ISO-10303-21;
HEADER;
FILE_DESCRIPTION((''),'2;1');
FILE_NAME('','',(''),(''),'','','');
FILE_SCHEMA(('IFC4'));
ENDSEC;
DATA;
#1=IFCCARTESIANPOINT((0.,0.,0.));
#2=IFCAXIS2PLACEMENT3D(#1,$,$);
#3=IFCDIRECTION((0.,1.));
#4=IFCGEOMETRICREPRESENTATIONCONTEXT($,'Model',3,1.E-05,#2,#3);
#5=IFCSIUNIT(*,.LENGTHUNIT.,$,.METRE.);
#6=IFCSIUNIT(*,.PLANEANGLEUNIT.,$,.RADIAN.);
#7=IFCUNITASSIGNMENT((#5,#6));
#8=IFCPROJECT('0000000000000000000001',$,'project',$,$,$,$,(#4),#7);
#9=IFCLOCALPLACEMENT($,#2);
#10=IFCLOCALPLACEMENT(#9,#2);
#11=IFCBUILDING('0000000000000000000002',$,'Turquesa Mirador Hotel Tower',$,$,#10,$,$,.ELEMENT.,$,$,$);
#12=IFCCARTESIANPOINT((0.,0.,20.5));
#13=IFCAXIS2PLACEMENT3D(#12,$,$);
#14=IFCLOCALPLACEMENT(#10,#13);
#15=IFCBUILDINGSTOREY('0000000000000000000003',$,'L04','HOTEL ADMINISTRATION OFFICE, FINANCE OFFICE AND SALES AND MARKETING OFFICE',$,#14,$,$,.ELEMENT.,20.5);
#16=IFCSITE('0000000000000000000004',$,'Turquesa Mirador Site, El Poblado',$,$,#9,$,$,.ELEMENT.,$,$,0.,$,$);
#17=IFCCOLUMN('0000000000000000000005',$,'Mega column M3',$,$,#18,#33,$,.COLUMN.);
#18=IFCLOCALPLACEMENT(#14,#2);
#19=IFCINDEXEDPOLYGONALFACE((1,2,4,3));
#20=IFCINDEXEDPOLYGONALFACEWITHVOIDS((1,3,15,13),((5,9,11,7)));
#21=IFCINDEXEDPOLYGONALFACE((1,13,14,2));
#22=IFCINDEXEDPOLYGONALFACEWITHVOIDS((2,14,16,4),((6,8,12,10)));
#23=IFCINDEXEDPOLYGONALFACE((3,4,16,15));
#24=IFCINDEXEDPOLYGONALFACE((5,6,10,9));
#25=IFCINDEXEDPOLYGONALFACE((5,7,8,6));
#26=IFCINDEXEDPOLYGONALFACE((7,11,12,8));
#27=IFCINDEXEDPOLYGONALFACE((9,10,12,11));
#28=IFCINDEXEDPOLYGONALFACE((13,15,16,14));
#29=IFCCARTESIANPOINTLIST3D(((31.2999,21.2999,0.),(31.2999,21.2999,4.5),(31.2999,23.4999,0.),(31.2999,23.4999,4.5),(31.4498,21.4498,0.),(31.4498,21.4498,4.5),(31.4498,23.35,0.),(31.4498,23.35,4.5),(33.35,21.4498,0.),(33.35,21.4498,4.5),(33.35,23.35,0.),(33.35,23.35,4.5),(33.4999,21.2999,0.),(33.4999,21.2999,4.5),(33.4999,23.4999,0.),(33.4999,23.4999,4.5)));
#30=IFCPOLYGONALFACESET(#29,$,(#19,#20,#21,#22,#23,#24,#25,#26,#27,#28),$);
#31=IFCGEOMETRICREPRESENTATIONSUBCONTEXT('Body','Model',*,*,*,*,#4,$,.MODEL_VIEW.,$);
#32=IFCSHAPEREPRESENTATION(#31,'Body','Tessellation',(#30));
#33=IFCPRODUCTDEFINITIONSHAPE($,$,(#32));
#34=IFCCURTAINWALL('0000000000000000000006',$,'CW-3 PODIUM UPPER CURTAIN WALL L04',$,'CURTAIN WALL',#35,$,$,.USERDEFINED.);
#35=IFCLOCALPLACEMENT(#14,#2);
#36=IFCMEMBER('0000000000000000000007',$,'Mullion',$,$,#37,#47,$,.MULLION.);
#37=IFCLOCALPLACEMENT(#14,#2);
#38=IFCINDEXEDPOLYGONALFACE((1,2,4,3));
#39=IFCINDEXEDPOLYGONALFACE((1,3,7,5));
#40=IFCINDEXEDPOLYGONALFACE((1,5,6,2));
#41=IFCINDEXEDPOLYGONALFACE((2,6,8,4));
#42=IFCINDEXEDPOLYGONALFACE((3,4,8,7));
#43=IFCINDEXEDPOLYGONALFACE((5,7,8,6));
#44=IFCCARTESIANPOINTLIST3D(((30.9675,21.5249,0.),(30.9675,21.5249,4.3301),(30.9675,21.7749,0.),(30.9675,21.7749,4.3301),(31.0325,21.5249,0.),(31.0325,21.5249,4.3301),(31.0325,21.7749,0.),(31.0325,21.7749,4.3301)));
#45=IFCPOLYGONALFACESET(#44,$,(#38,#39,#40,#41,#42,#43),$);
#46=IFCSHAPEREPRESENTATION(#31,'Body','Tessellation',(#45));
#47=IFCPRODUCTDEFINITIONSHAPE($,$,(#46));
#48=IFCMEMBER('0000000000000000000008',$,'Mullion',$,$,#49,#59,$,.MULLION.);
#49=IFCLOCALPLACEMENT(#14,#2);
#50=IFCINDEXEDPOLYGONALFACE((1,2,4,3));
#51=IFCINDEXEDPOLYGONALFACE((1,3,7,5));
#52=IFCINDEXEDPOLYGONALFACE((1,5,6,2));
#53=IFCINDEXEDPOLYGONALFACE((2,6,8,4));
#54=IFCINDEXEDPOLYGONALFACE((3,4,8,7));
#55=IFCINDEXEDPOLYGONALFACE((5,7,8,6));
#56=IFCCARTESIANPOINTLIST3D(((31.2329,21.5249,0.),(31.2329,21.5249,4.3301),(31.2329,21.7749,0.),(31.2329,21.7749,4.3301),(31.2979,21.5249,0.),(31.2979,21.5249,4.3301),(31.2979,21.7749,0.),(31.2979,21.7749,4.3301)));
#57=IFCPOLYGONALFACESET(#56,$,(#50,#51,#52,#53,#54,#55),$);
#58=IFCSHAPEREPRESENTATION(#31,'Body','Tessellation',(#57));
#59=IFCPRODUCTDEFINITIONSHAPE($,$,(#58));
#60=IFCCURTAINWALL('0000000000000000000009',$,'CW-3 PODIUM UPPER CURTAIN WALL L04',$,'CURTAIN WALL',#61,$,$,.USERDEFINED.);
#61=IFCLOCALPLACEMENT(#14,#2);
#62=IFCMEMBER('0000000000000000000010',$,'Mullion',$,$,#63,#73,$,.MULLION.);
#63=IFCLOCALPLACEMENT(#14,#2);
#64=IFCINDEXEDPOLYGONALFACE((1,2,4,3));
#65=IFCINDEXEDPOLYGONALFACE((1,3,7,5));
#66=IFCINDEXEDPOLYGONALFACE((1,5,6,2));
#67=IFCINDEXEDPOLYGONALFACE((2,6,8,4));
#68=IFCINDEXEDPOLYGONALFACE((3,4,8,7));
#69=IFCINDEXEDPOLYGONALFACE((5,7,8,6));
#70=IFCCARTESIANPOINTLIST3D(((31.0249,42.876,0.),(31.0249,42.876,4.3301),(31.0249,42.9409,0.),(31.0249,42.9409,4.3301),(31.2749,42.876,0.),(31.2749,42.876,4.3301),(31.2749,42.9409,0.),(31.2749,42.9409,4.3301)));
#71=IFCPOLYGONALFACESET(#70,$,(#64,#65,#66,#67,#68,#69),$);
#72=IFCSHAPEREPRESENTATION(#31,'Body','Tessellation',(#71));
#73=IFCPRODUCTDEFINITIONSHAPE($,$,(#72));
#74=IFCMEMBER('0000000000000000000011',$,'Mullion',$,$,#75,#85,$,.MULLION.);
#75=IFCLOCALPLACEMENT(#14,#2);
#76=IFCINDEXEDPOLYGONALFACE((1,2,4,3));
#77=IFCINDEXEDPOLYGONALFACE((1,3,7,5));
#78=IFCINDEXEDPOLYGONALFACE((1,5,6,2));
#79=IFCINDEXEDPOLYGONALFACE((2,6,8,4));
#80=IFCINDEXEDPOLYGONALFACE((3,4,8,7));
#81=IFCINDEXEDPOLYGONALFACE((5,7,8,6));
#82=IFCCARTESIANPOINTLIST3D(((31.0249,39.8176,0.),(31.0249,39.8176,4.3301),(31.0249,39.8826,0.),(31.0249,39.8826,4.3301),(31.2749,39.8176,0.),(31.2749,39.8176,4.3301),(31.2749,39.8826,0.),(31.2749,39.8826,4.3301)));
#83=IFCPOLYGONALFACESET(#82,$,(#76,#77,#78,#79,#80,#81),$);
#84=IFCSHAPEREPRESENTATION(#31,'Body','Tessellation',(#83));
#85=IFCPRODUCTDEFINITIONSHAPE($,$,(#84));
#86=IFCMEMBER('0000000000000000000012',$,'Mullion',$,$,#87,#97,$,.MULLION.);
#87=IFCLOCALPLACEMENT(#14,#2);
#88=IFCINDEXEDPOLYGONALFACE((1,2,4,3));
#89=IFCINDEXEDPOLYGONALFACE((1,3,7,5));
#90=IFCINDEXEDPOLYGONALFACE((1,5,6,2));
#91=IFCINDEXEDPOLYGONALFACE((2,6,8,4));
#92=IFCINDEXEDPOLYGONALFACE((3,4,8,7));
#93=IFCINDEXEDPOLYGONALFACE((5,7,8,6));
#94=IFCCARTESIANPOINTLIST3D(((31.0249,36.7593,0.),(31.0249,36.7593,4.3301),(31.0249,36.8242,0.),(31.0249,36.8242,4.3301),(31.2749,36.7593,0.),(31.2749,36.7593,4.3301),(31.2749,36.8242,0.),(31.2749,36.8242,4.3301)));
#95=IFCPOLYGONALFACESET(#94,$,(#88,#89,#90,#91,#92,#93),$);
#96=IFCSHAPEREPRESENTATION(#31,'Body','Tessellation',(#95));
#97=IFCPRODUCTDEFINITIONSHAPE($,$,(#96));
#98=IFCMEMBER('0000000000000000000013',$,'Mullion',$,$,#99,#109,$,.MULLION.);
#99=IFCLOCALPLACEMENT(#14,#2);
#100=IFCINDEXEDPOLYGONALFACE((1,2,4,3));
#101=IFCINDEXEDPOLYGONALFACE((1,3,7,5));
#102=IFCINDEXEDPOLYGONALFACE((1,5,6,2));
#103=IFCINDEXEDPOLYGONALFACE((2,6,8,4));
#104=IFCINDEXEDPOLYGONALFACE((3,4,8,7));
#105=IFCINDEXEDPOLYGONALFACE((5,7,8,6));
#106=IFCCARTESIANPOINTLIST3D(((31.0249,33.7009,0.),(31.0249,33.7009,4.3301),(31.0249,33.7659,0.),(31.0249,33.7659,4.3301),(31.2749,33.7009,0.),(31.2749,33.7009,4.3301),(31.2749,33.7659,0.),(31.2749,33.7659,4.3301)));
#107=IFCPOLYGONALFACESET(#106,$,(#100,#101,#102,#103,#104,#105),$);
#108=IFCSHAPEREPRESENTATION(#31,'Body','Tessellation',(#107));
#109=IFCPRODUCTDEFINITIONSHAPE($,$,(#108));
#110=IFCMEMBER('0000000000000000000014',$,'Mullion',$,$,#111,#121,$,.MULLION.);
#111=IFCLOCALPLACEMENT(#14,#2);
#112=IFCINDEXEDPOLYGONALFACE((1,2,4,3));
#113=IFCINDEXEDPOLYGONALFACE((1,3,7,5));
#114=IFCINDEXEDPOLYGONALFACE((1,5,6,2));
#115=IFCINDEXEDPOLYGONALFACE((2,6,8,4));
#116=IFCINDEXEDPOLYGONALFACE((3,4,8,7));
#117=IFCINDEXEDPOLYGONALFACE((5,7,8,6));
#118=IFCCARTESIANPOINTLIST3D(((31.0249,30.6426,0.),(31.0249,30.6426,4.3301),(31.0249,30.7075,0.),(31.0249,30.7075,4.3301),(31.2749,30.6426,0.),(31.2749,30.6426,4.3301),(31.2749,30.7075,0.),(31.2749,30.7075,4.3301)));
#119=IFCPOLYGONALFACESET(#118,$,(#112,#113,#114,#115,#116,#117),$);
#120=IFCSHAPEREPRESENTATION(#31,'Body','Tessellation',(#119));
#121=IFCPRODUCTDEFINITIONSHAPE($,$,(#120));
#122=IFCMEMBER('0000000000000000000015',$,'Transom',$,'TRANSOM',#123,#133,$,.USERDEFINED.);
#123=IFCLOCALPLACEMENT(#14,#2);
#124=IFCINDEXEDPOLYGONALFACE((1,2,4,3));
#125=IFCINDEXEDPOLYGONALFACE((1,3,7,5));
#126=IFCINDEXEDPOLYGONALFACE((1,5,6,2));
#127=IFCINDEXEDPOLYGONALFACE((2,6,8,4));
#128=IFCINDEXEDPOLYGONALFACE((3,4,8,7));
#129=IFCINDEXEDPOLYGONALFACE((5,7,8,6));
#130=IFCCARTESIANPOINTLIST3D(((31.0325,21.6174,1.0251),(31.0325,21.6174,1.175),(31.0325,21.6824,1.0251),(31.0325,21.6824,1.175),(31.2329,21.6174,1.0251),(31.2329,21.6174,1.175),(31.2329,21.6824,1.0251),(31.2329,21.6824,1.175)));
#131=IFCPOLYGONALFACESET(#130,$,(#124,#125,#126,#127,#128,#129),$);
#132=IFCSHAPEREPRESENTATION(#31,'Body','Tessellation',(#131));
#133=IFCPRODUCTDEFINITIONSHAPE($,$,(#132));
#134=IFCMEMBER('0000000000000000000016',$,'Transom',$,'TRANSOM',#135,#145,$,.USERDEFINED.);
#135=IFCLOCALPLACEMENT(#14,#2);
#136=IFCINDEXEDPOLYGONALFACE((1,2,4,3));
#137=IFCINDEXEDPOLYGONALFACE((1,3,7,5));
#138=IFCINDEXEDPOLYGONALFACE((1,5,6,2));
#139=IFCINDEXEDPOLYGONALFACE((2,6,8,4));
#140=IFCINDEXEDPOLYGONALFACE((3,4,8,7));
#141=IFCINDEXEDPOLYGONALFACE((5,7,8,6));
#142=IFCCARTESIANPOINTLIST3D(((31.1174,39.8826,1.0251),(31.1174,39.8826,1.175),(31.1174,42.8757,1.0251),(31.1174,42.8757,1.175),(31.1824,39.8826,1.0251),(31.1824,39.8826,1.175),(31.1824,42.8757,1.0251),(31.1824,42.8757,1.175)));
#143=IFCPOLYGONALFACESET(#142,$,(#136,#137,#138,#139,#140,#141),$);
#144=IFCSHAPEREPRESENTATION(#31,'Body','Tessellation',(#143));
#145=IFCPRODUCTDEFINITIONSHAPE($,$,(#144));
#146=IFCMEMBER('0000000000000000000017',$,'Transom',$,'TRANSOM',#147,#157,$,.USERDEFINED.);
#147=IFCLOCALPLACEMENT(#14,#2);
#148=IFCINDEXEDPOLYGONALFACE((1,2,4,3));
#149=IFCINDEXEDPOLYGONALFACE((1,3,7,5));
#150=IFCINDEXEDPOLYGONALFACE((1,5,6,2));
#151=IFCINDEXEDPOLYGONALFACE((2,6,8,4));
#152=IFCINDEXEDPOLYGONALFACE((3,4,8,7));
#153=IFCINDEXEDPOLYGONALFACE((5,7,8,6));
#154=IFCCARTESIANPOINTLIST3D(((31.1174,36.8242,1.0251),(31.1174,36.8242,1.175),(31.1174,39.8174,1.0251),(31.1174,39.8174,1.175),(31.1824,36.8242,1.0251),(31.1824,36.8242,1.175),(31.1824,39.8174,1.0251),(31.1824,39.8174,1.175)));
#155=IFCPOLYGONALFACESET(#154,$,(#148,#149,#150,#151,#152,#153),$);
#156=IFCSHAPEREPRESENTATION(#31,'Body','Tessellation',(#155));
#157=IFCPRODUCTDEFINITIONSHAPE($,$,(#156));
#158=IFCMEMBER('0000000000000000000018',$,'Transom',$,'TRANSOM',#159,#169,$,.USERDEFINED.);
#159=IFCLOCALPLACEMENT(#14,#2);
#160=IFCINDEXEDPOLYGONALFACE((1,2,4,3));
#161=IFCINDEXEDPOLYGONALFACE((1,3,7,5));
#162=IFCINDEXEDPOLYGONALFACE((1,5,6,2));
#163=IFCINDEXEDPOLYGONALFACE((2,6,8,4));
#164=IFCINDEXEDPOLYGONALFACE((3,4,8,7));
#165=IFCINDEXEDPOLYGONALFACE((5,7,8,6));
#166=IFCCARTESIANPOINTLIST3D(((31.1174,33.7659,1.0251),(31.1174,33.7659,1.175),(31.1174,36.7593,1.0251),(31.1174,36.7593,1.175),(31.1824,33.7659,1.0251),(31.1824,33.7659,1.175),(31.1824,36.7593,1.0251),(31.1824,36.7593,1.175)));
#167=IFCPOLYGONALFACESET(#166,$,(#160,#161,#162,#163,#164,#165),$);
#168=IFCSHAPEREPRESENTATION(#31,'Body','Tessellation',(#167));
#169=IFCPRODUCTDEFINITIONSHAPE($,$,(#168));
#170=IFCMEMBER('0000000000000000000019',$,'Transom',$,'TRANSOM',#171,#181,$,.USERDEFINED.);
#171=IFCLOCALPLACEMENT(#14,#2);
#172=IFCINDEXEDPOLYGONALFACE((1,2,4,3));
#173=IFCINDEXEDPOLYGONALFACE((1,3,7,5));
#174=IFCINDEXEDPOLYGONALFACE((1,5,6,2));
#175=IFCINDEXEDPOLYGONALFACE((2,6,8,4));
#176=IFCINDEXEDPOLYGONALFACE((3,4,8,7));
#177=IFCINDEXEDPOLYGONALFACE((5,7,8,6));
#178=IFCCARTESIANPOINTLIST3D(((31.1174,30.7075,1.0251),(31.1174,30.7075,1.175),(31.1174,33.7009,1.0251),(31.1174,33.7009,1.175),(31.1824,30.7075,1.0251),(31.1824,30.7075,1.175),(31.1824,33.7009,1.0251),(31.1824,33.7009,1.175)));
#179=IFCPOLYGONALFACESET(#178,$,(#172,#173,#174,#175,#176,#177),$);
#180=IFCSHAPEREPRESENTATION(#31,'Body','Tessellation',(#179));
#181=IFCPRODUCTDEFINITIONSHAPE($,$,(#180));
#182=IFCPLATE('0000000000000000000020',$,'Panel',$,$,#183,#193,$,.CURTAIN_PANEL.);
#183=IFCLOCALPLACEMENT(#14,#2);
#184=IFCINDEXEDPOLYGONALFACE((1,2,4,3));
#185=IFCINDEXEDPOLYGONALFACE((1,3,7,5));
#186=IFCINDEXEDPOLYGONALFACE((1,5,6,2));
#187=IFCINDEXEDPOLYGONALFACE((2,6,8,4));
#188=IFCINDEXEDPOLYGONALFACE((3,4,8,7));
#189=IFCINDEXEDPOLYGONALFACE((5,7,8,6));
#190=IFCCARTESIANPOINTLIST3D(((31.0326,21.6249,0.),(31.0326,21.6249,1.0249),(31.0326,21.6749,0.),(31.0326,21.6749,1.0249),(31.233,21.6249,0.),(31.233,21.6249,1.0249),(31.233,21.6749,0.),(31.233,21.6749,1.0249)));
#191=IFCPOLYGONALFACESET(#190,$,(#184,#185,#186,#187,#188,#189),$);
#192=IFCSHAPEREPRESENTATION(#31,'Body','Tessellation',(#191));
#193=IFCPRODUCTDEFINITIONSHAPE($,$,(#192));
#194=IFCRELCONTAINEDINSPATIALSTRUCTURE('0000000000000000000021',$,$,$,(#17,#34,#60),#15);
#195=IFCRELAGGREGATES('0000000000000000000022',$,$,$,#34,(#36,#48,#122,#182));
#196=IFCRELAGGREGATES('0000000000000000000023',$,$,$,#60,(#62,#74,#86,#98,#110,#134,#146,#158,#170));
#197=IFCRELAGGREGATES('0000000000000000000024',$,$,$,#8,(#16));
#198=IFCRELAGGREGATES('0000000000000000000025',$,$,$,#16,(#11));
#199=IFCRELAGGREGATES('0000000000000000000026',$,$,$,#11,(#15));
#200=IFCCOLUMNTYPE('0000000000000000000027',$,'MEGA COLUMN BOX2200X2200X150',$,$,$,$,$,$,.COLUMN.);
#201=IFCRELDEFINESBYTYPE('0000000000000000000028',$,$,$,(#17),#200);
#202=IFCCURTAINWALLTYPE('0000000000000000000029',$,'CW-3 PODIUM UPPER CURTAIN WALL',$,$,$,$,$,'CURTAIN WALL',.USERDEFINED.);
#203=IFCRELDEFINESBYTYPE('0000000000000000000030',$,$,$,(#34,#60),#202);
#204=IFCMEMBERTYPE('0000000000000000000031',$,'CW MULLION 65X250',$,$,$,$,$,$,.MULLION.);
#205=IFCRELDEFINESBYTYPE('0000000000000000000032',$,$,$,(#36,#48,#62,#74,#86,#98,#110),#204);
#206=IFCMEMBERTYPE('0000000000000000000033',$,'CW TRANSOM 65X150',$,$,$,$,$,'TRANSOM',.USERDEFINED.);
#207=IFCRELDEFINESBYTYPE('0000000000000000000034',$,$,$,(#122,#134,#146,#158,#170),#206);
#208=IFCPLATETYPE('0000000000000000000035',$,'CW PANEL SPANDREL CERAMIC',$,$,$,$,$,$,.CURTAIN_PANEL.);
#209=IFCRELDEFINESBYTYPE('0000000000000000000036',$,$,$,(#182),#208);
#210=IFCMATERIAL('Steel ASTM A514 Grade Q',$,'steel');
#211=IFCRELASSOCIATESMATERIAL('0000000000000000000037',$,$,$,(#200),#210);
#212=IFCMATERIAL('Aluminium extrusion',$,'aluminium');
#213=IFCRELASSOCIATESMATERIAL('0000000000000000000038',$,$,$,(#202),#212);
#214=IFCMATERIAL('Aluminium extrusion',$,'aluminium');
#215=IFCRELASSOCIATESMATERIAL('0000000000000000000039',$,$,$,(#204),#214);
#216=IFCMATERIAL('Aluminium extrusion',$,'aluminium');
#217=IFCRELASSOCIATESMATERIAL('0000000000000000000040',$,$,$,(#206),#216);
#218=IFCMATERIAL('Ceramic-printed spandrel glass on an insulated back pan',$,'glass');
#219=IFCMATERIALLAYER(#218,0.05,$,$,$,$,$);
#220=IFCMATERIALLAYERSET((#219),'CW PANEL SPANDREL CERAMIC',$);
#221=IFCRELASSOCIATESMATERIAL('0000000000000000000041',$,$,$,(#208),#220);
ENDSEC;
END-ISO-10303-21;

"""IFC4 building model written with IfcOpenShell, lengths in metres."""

from ifc_helpers import new_model, si_unit, direction, frame, origin, origin_2d, place, context, subcontext, project, spatial, rectangle, hollow_rectangle, extrude, material, layer, layer_set, material_profile, profile_set, type_object, element, aggregate, save


model = new_model("IFC4")

# Units and contexts
model_context = context("Model", 3, precision=1e-05, world=origin(), true_north=direction((0.0, 1.0)))
body_context = subcontext(model_context, "Body", "Model", "MODEL_VIEW")
ifc_project = project(units=[si_unit("LENGTHUNIT", "METRE"), si_unit("PLANEANGLEUNIT", "RADIAN")], contexts=[model_context])

# Site, building, storey
site_placement = place(None, origin())
site = spatial("IfcSite", under=ifc_project, at=site_placement, Name="Turquesa Mirador Site, El Poblado", CompositionType="ELEMENT", RefElevation=0.0)
building_placement = place(site_placement, origin())
building = spatial("IfcBuilding", under=site, at=building_placement, Name="Turquesa Mirador Hotel Tower", CompositionType="ELEMENT")
storey_placement = place(building_placement, frame((0.0, 0.0, 20.5)))
storey = spatial("IfcBuildingStorey", under=building, at=storey_placement, Name="L04", Description="HOTEL ADMINISTRATION OFFICE, FINANCE OFFICE AND SALES AND MARKETING OFFICE", CompositionType="ELEMENT", Elevation=20.5)

# Column
ifc_material_1 = material(Name="Steel ASTM A514 Grade Q", Category="steel")
ifc_material_profile_1 = material_profile(ifc_material_1, hollow_rectangle(XDim=2.2, YDim=2.2, WallThickness=0.1499, at=origin_2d()), Name="BOX2200X2200X150")
ifc_profile_set_1 = profile_set([ifc_material_profile_1], Name="Steel ASTM A514 Grade Q")
column_type = type_object("IfcColumnType", Name="MEGA COLUMN BOX2200X2200X150", PredefinedType="COLUMN", material=ifc_profile_set_1)
column_placement = place(storey_placement, frame((32.3999, 22.3999, 0.0), z_axis=(0.0, 0.0, 1.0), x_axis=(1.0, 0.0, 0.0)))
element("IfcColumn", 1, at=column_placement, inside=storey, type_object=column_type, Name="Mega column M3", PredefinedType="COLUMN", context=body_context, shape_type="SweptSolid", body=[
    extrude(hollow_rectangle(XDim=2.2, YDim=2.2, WallThickness=0.1499, at=origin_2d()), origin(), (0.0, 0.0, 1.0), 4.5),
])

# Curtain walls, members
ifc_material_2 = material(Name="Aluminium extrusion", Category="aluminium")
curtain_wall_type = type_object("IfcCurtainWallType", Name="CW-3 PODIUM UPPER CURTAIN WALL", ElementType="CURTAIN WALL", PredefinedType="USERDEFINED", material=ifc_material_2)
curtain_wall_1_placement = place(storey_placement, origin())
curtain_wall_1 = element("IfcCurtainWall", 2, at=curtain_wall_1_placement, inside=storey, type_object=curtain_wall_type, Name="CW-3 PODIUM UPPER CURTAIN WALL L04", ObjectType="CURTAIN WALL", PredefinedType="USERDEFINED")
ifc_material_3 = material(Name="Aluminium extrusion", Category="aluminium")
ifc_material_profile_2 = material_profile(ifc_material_3, rectangle(XDim=0.0649, YDim=0.25, at=origin_2d()), Name="MULLION 65X250")
ifc_profile_set_2 = profile_set([ifc_material_profile_2], Name="Aluminium extrusion")
member_type_1 = type_object("IfcMemberType", Name="CW MULLION 65X250", PredefinedType="MULLION", material=ifc_profile_set_2)
member_1_placement = place(storey_placement, frame((31.0, 21.6499, 0.0), z_axis=(0.0, 0.0, 1.0), x_axis=(1.0, 0.0, 0.0)))
member_1 = element("IfcMember", 3, at=member_1_placement, type_object=member_type_1, Name="Mullion", PredefinedType="MULLION", context=body_context, shape_type="SweptSolid", body=[
    extrude(rectangle(XDim=0.0649, YDim=0.25, at=origin_2d()), origin(), (0.0, 0.0, 1.0), 4.3301),
])
member_2_placement = place(storey_placement, frame((31.2654, 21.6499, 0.0), z_axis=(0.0, 0.0, 1.0), x_axis=(1.0, 0.0, 0.0)))
member_2 = element("IfcMember", 4, at=member_2_placement, type_object=member_type_1, Name="Mullion", PredefinedType="MULLION", context=body_context, shape_type="SweptSolid", body=[
    extrude(rectangle(XDim=0.0649, YDim=0.25, at=origin_2d()), origin(), (0.0, 0.0, 1.0), 4.3301),
])
curtain_wall_2_placement = place(storey_placement, origin())
curtain_wall_2 = element("IfcCurtainWall", 5, at=curtain_wall_2_placement, inside=storey, type_object=curtain_wall_type, Name="CW-3 PODIUM UPPER CURTAIN WALL L04", ObjectType="CURTAIN WALL", PredefinedType="USERDEFINED")
member_3_placement = place(storey_placement, frame((31.1499, 42.9084, 0.0), z_axis=(0.0, 0.0, 1.0), x_axis=(0.0, -1.0, 0.0)))
member_3 = element("IfcMember", 6, at=member_3_placement, type_object=member_type_1, Name="Mullion", PredefinedType="MULLION", context=body_context, shape_type="SweptSolid", body=[
    extrude(rectangle(XDim=0.0649, YDim=0.25, at=origin_2d()), origin(), (0.0, 0.0, 1.0), 4.3301),
])
member_4_placement = place(storey_placement, frame((31.1499, 39.8501, 0.0), z_axis=(0.0, 0.0, 1.0), x_axis=(0.0, -1.0, 0.0)))
member_4 = element("IfcMember", 7, at=member_4_placement, type_object=member_type_1, Name="Mullion", PredefinedType="MULLION", context=body_context, shape_type="SweptSolid", body=[
    extrude(rectangle(XDim=0.0649, YDim=0.25, at=origin_2d()), origin(), (0.0, 0.0, 1.0), 4.3301),
])
member_5_placement = place(storey_placement, frame((31.1499, 36.7917, 0.0), z_axis=(0.0, 0.0, 1.0), x_axis=(0.0, -1.0, 0.0)))
member_5 = element("IfcMember", 8, at=member_5_placement, type_object=member_type_1, Name="Mullion", PredefinedType="MULLION", context=body_context, shape_type="SweptSolid", body=[
    extrude(rectangle(XDim=0.0649, YDim=0.25, at=origin_2d()), origin(), (0.0, 0.0, 1.0), 4.3301),
])
member_6_placement = place(storey_placement, frame((31.1499, 33.7334, 0.0), z_axis=(0.0, 0.0, 1.0), x_axis=(0.0, -1.0, 0.0)))
member_6 = element("IfcMember", 9, at=member_6_placement, type_object=member_type_1, Name="Mullion", PredefinedType="MULLION", context=body_context, shape_type="SweptSolid", body=[
    extrude(rectangle(XDim=0.0649, YDim=0.25, at=origin_2d()), origin(), (0.0, 0.0, 1.0), 4.3301),
])
member_7_placement = place(storey_placement, frame((31.1499, 30.675, 0.0), z_axis=(0.0, 0.0, 1.0), x_axis=(0.0, -1.0, 0.0)))
member_7 = element("IfcMember", 10, at=member_7_placement, type_object=member_type_1, Name="Mullion", PredefinedType="MULLION", context=body_context, shape_type="SweptSolid", body=[
    extrude(rectangle(XDim=0.0649, YDim=0.25, at=origin_2d()), origin(), (0.0, 0.0, 1.0), 4.3301),
])

# Members
ifc_material_4 = material(Name="Aluminium extrusion", Category="aluminium")
ifc_material_profile_3 = material_profile(ifc_material_4, rectangle(XDim=0.0649, YDim=0.1499, at=origin_2d()), Name="TRANSOM 65X150")
ifc_profile_set_3 = profile_set([ifc_material_profile_3], Name="Aluminium extrusion")
member_type_2 = type_object("IfcMemberType", Name="CW TRANSOM 65X150", ElementType="TRANSOM", PredefinedType="USERDEFINED", material=ifc_profile_set_3)
member_8_placement = place(storey_placement, frame((31.0325, 21.6499, 1.1001), z_axis=(1.0, 0.0, 0.0), x_axis=(0.0, 1.0, 0.0)))
member_8 = element("IfcMember", 11, at=member_8_placement, type_object=member_type_2, Name="Transom", ObjectType="TRANSOM", PredefinedType="USERDEFINED", context=body_context, shape_type="SweptSolid", body=[
    extrude(rectangle(XDim=0.0649, YDim=0.1499, at=origin_2d()), origin(), (0.0, 0.0, 1.0), 0.2004),
])
member_9_placement = place(storey_placement, frame((31.1499, 42.8757, 1.1001), z_axis=(0.0, -1.0, 0.0), x_axis=(1.0, 0.0, 0.0)))
member_9 = element("IfcMember", 12, at=member_9_placement, type_object=member_type_2, Name="Transom", ObjectType="TRANSOM", PredefinedType="USERDEFINED", context=body_context, shape_type="SweptSolid", body=[
    extrude(rectangle(XDim=0.0649, YDim=0.1499, at=origin_2d()), origin(), (0.0, 0.0, 1.0), 2.9932),
])
member_10_placement = place(storey_placement, frame((31.1499, 39.8174, 1.1001), z_axis=(0.0, -1.0, 0.0), x_axis=(1.0, 0.0, 0.0)))
member_10 = element("IfcMember", 13, at=member_10_placement, type_object=member_type_2, Name="Transom", ObjectType="TRANSOM", PredefinedType="USERDEFINED", context=body_context, shape_type="SweptSolid", body=[
    extrude(rectangle(XDim=0.0649, YDim=0.1499, at=origin_2d()), origin(), (0.0, 0.0, 1.0), 2.9932),
])
member_11_placement = place(storey_placement, frame((31.1499, 36.7593, 1.1001), z_axis=(0.0, -1.0, 0.0), x_axis=(1.0, 0.0, 0.0)))
member_11 = element("IfcMember", 14, at=member_11_placement, type_object=member_type_2, Name="Transom", ObjectType="TRANSOM", PredefinedType="USERDEFINED", context=body_context, shape_type="SweptSolid", body=[
    extrude(rectangle(XDim=0.0649, YDim=0.1499, at=origin_2d()), origin(), (0.0, 0.0, 1.0), 2.9934),
])
member_12_placement = place(storey_placement, frame((31.1499, 33.7009, 1.1001), z_axis=(0.0, -1.0, 0.0), x_axis=(1.0, 0.0, 0.0)))
member_12 = element("IfcMember", 15, at=member_12_placement, type_object=member_type_2, Name="Transom", ObjectType="TRANSOM", PredefinedType="USERDEFINED", context=body_context, shape_type="SweptSolid", body=[
    extrude(rectangle(XDim=0.0649, YDim=0.1499, at=origin_2d()), origin(), (0.0, 0.0, 1.0), 2.9934),
])

# Plate
ifc_material_5 = material(Name="Ceramic-printed spandrel glass on an insulated back pan", Category="glass")
ifc_layer_1 = layer(ifc_material_5, 0.05)
ifc_layer_set_1 = layer_set([ifc_layer_1], Name="CW PANEL SPANDREL CERAMIC")
plate_type_1 = type_object("IfcPlateType", Name="CW PANEL SPANDREL CERAMIC", PredefinedType="CURTAIN_PANEL", material=ifc_layer_set_1)
plate_1_placement = place(storey_placement, frame((31.1328, 21.6499, 0.0), z_axis=(0.0, 0.0, 1.0), x_axis=(1.0, 0.0, 0.0)))
plate_1 = element("IfcPlate", 16, at=plate_1_placement, type_object=plate_type_1, Name="Panel", PredefinedType="CURTAIN_PANEL", context=body_context, shape_type="SweptSolid", body=[
    extrude(rectangle(XDim=0.2004, YDim=0.05, at=origin_2d()), origin(), (0.0, 0.0, 1.0), 1.0249),
])
aggregate(curtain_wall_1, [member_1, member_2, member_8, plate_1])
aggregate(curtain_wall_2, [member_3, member_4, member_5, member_6, member_7, member_9, member_10, member_11, member_12])

save(model, "model.ifc")
